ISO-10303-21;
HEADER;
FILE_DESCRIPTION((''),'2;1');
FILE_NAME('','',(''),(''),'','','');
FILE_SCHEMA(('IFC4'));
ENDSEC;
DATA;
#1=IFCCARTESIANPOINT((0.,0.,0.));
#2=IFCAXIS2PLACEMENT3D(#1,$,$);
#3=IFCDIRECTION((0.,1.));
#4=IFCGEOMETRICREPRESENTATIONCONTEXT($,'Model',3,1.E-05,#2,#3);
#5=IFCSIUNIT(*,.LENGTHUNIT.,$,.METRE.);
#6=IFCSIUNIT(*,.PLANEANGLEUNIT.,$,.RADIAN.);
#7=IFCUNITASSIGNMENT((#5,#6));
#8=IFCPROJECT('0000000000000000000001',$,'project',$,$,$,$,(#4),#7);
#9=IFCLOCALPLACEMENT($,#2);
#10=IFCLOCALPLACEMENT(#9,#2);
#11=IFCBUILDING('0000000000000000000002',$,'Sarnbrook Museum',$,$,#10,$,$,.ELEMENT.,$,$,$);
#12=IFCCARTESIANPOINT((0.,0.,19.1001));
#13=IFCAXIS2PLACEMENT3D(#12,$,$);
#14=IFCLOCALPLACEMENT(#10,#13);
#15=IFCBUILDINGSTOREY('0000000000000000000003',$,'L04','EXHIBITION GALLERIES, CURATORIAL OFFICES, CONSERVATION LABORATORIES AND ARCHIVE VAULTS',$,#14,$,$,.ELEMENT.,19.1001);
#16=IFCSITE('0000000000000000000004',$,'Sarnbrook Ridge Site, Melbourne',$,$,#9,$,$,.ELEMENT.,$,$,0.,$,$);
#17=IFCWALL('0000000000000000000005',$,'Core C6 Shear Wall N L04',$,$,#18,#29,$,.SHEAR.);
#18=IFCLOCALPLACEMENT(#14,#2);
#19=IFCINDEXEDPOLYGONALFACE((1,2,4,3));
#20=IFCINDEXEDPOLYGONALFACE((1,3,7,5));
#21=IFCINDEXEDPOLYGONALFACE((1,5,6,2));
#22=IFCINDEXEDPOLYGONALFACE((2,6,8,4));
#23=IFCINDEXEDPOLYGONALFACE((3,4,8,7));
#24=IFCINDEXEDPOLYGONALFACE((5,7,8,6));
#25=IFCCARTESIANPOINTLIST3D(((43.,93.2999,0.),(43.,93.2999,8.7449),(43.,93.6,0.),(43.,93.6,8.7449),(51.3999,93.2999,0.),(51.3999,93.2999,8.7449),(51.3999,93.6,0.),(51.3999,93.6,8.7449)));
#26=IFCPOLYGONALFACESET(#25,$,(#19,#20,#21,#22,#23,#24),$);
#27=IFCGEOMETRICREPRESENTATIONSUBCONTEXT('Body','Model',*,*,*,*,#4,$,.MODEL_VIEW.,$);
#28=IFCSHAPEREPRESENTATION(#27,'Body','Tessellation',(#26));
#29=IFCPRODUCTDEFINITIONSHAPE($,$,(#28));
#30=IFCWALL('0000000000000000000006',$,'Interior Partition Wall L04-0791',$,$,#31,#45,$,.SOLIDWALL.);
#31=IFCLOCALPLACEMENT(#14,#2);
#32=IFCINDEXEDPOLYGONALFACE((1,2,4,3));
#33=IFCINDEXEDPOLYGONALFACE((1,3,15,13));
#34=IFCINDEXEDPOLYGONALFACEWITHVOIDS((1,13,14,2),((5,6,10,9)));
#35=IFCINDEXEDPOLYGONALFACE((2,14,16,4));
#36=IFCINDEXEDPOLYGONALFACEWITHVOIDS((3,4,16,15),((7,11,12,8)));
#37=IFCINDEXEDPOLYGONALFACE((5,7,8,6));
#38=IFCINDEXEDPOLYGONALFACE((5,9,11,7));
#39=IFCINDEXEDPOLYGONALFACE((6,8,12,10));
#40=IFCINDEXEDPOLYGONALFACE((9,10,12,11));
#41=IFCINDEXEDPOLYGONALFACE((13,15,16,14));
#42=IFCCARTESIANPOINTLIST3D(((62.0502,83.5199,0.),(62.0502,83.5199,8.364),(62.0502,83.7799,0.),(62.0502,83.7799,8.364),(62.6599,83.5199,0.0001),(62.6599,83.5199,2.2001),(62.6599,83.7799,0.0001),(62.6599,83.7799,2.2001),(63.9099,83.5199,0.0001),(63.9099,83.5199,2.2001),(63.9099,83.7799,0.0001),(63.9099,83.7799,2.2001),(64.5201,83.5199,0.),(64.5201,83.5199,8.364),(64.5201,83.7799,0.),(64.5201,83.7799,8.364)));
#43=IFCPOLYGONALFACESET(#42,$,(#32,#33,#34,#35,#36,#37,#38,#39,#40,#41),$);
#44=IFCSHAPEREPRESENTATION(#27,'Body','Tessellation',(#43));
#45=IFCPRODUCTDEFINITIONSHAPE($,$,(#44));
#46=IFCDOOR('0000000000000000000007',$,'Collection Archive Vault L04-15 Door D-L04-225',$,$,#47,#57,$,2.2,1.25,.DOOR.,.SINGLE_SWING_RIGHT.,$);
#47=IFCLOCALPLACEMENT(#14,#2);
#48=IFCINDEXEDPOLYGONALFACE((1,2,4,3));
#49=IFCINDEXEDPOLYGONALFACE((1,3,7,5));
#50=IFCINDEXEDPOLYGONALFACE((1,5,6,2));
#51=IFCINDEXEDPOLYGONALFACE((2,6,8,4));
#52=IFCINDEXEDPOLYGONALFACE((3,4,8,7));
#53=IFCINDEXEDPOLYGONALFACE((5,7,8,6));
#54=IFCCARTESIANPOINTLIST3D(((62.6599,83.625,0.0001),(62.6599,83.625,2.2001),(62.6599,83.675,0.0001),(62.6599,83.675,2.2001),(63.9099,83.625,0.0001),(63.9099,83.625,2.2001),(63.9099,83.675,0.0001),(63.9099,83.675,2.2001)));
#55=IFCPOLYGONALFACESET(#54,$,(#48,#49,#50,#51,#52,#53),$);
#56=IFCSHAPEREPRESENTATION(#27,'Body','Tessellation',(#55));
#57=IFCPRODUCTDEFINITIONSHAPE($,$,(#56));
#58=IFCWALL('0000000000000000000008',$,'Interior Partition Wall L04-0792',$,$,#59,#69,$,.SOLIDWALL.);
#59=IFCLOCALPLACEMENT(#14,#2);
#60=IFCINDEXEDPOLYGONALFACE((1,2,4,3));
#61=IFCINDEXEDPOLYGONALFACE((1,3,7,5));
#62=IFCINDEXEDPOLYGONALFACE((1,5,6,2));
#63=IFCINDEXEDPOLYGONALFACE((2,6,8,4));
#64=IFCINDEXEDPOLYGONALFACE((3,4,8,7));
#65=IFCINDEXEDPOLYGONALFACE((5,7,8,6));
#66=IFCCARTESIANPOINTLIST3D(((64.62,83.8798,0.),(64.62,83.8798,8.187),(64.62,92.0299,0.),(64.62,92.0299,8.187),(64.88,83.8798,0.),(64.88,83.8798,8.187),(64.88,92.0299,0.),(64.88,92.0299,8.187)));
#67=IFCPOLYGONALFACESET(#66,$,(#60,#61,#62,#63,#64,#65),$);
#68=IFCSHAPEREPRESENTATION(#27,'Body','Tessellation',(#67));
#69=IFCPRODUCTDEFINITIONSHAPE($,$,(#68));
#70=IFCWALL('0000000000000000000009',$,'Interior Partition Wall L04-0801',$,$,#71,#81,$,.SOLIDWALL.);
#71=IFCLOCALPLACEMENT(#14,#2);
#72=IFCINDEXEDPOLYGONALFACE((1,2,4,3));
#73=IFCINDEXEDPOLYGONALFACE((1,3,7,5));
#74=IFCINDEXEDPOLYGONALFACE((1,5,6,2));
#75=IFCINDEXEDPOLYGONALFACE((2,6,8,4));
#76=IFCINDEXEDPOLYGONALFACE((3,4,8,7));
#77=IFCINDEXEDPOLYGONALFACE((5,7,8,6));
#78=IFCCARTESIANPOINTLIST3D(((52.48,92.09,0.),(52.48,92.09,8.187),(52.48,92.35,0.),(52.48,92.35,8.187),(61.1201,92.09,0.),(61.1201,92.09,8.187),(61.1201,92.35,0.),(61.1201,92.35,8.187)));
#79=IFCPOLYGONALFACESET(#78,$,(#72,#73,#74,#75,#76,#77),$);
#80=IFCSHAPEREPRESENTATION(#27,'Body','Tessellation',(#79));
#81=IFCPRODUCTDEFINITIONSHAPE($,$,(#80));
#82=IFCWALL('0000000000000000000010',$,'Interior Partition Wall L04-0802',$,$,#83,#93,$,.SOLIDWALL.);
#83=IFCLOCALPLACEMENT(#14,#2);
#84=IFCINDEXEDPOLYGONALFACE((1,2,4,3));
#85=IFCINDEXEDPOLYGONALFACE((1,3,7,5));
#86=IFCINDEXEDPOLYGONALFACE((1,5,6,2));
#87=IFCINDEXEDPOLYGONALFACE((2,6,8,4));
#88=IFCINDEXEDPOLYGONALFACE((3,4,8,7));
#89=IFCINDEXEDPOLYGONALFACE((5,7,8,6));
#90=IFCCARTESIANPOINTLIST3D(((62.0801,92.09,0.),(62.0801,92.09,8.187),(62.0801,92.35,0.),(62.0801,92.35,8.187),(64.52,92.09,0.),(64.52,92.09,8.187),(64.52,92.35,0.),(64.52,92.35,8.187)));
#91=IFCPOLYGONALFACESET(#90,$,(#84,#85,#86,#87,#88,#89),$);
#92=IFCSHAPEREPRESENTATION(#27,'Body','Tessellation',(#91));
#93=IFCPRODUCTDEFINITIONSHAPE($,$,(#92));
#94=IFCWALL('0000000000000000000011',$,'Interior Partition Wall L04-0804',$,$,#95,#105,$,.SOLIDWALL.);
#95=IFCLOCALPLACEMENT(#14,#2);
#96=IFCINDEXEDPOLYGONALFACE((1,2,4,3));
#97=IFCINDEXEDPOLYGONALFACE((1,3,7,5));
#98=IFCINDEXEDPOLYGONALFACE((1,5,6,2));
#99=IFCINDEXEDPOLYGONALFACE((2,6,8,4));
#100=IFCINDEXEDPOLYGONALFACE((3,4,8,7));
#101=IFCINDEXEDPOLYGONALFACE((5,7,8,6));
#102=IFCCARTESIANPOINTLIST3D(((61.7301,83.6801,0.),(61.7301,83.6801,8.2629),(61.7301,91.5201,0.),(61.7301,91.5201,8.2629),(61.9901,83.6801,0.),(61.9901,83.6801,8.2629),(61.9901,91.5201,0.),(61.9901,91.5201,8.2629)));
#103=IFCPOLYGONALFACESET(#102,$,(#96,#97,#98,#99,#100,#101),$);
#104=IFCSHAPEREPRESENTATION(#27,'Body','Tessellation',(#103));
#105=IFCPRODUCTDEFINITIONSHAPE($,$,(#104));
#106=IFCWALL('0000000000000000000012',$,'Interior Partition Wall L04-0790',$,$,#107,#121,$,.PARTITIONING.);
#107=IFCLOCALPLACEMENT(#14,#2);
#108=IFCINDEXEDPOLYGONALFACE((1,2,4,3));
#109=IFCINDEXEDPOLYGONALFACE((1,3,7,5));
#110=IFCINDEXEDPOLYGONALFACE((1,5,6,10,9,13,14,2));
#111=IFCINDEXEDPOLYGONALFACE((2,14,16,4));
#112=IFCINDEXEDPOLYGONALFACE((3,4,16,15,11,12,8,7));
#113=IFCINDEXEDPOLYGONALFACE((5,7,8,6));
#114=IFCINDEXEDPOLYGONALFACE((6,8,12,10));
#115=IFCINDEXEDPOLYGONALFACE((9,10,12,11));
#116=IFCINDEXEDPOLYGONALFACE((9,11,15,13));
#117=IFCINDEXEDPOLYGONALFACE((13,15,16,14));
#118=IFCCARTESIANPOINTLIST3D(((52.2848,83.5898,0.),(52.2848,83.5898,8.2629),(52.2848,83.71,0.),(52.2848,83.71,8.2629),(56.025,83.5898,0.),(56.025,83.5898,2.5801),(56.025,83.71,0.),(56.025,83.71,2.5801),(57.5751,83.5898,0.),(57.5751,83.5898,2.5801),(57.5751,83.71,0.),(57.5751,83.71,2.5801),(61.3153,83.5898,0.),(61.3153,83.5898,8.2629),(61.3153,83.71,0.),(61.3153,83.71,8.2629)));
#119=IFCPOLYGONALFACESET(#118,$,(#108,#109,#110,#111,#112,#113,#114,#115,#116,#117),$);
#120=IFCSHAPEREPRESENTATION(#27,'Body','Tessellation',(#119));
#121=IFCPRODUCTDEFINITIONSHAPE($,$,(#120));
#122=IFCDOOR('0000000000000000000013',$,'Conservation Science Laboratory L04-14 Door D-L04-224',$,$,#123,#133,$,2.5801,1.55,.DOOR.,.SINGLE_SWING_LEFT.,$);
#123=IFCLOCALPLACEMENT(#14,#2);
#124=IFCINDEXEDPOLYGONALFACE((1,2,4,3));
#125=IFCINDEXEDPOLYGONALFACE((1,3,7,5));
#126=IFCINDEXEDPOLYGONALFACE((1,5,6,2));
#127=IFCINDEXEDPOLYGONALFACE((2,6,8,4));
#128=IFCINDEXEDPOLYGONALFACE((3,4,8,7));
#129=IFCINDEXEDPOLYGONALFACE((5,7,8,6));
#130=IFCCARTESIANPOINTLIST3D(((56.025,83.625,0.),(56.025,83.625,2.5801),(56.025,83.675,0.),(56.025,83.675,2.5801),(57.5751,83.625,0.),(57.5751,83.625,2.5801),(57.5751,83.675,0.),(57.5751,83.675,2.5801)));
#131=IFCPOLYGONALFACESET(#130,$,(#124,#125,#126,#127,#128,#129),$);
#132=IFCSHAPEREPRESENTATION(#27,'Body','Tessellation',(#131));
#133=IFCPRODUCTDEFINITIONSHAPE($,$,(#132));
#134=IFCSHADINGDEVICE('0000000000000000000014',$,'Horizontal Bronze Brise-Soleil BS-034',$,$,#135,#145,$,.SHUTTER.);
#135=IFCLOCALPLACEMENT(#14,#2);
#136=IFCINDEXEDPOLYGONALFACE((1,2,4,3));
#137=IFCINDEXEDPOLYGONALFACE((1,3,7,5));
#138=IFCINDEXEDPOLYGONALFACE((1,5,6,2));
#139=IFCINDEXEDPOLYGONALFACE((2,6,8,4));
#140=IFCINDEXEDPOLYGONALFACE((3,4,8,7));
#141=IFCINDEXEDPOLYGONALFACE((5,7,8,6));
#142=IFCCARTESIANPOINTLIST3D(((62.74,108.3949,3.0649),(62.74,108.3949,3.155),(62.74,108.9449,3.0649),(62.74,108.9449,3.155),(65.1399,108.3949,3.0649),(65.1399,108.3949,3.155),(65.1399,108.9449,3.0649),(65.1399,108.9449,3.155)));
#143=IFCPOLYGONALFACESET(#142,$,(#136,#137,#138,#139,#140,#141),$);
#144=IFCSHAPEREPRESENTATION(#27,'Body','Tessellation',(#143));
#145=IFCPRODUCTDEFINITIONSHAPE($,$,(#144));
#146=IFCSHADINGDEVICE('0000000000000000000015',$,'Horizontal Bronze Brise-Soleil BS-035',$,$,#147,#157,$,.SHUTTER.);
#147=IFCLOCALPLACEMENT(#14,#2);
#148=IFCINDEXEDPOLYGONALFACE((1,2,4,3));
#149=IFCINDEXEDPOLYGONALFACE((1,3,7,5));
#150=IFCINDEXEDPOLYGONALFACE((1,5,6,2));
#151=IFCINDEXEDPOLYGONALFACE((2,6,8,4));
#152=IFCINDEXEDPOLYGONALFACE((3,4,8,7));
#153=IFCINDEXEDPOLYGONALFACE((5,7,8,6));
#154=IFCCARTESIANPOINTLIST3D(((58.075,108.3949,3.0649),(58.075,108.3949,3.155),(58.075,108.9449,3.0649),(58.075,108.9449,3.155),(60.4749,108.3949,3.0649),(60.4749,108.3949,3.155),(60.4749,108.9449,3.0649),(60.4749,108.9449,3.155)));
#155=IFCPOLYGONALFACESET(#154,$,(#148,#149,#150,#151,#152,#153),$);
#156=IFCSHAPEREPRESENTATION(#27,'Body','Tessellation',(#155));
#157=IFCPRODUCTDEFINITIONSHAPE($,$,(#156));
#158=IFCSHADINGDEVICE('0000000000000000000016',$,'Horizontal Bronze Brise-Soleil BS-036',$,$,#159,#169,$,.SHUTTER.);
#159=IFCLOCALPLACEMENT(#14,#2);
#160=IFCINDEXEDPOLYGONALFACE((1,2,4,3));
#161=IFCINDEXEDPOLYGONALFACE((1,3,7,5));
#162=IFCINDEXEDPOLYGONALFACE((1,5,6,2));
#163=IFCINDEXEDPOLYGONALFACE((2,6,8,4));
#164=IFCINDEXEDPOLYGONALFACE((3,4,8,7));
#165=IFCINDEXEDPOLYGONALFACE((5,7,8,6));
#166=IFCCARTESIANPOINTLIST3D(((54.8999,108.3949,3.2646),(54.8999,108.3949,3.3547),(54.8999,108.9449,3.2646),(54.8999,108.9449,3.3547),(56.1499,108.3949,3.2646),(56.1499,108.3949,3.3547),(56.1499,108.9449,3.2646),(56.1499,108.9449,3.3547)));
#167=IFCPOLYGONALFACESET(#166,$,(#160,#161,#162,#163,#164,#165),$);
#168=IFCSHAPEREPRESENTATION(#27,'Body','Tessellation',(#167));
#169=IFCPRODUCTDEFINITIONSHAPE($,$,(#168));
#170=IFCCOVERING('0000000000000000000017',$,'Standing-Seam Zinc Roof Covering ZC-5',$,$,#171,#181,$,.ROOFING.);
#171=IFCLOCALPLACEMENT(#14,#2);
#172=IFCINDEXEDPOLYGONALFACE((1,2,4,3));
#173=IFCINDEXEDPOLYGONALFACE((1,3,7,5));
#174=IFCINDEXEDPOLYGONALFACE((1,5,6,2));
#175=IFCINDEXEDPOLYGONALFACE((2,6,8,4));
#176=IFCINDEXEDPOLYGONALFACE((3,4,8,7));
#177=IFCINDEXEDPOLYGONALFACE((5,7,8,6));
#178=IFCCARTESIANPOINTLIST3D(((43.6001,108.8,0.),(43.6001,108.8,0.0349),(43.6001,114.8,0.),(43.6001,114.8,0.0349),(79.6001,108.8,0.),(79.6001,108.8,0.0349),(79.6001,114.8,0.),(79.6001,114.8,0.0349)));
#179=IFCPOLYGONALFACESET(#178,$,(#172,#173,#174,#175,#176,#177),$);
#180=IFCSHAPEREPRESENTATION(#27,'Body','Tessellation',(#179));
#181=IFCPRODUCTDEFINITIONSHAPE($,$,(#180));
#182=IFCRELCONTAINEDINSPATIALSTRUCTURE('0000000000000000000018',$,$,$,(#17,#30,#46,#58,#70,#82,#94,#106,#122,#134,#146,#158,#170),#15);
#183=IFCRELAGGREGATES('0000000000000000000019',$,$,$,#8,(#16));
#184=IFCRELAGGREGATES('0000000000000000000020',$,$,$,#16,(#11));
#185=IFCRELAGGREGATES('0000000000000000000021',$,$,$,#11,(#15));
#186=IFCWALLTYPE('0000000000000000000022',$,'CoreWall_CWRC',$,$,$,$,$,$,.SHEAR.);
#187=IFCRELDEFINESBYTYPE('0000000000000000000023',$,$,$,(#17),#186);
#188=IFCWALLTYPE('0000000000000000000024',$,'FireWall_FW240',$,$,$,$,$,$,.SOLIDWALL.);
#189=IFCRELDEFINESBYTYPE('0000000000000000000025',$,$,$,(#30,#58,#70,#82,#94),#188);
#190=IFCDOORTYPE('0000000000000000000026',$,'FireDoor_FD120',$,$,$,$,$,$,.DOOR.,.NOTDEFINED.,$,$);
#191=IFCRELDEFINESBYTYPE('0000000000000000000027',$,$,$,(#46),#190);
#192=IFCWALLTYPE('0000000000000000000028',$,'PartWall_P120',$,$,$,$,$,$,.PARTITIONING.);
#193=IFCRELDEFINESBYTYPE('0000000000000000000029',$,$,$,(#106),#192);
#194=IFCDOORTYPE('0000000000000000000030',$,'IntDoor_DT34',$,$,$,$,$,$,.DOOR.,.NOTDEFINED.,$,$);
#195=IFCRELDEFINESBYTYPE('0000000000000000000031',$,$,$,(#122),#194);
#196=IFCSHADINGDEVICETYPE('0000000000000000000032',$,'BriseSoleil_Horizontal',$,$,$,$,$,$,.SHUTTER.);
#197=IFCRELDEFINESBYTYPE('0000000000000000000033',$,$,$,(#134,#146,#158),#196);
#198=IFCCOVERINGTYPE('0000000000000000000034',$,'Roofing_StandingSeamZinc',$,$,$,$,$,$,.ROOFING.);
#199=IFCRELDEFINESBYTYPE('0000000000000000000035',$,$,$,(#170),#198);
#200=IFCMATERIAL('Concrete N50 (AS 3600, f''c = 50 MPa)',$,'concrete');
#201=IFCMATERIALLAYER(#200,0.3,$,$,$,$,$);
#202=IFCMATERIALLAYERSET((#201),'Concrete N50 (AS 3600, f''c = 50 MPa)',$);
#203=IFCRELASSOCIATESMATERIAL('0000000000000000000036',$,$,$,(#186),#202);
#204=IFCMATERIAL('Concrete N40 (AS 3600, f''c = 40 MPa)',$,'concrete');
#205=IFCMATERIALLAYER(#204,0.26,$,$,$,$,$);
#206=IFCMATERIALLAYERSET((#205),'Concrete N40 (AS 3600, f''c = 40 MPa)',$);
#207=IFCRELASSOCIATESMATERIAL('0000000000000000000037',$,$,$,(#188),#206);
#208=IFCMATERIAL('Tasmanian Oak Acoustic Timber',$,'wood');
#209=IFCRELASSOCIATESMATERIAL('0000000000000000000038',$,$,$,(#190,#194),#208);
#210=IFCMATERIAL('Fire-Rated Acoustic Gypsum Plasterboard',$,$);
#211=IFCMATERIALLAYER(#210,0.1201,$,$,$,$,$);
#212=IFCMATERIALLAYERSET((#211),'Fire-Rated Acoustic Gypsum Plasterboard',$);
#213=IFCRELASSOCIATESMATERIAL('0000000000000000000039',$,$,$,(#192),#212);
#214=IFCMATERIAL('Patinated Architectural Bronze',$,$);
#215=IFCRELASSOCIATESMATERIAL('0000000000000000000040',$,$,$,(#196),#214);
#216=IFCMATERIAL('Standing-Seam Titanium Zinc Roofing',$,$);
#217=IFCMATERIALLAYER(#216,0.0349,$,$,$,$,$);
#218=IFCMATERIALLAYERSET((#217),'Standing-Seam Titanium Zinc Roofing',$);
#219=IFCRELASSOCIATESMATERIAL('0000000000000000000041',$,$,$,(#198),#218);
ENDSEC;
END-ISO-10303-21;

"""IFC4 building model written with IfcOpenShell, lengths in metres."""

from ifc_helpers import new_model, si_unit, direction, frame, frame_2d, origin, origin_2d, place, context, subcontext, project, spatial, rectangle, extrude, material, layer, layer_set, type_object, element, fill, save


model = new_model("IFC4")

# Units and contexts
model_context = context("Model", 3, precision=1e-05, world=origin(), true_north=direction((0.0, 1.0)))
body_context = subcontext(model_context, "Body", "Model", "MODEL_VIEW")
ifc_project = project(units=[si_unit("LENGTHUNIT", "METRE"), si_unit("PLANEANGLEUNIT", "RADIAN")], contexts=[model_context])

# Site, building, storey
site_placement = place(None, origin())
site = spatial("IfcSite", under=ifc_project, at=site_placement, Name="Sarnbrook Ridge Site, Melbourne", CompositionType="ELEMENT", RefElevation=0.0)
building_placement = place(site_placement, origin())
building = spatial("IfcBuilding", under=site, at=building_placement, Name="Sarnbrook Museum", CompositionType="ELEMENT")
storey_placement = place(building_placement, frame((0.0, 0.0, 19.1001)))
storey = spatial("IfcBuildingStorey", under=building, at=storey_placement, Name="L04", Description="EXHIBITION GALLERIES, CURATORIAL OFFICES, CONSERVATION LABORATORIES AND ARCHIVE VAULTS", CompositionType="ELEMENT", Elevation=19.1001)

# Wall
ifc_material_1 = material(Name="Concrete N50 (AS 3600, f'c = 50 MPa)", Category="concrete")
ifc_layer_1 = layer(ifc_material_1, 0.3)
ifc_layer_set_1 = layer_set([ifc_layer_1], Name="Concrete N50 (AS 3600, f'c = 50 MPa)")
wall_type_1 = type_object("IfcWallType", Name="CoreWall_CWRC", PredefinedType="SHEAR", material=ifc_layer_set_1)
wall_1_placement = place(storey_placement, frame((51.3999, 93.45, 0.0), z_axis=(0.0, 0.0, 1.0), x_axis=(-1.0, 0.0, 0.0)))
element("IfcWall", 1, at=wall_1_placement, inside=storey, type_object=wall_type_1, Name="Core C6 Shear Wall N L04", PredefinedType="SHEAR", context=body_context, shape_type="SweptSolid", body=[
    extrude(rectangle(XDim=8.3999, YDim=0.3, at=frame_2d((4.2, 0.0))), origin(), (0.0, 0.0, 1.0), 8.7449),
])

# Wall, opening, door
ifc_material_2 = material(Name="Concrete N40 (AS 3600, f'c = 40 MPa)", Category="concrete")
ifc_layer_2 = layer(ifc_material_2, 0.26)
ifc_layer_set_2 = layer_set([ifc_layer_2], Name="Concrete N40 (AS 3600, f'c = 40 MPa)")
wall_type_2 = type_object("IfcWallType", Name="FireWall_FW240", PredefinedType="SOLIDWALL", material=ifc_layer_set_2)
wall_2_placement = place(storey_placement, frame((64.52, 83.6499, 0.0), z_axis=(0.0, 0.0, 1.0), x_axis=(-1.0, 0.0, 0.0)))
wall_2 = element("IfcWall", 2, at=wall_2_placement, inside=storey, type_object=wall_type_2, Name="Interior Partition Wall L04-0791", PredefinedType="SOLIDWALL", context=body_context, shape_type="SweptSolid", body=[
    extrude(rectangle(XDim=2.47, YDim=0.26, at=frame_2d((1.2349, 0.0))), origin(), (0.0, 0.0, 1.0), 8.364),
])
opening_1_placement = place(wall_2_placement, frame((0.6101, 0.0, 0.0)))
opening_1 = element("IfcOpeningElement", 3, at=opening_1_placement, cuts=wall_2, PredefinedType="OPENING", context=body_context, shape_type="SweptSolid", body=[
    extrude(rectangle(XDim=1.25, YDim=2.2, at=frame_2d((0.625, 1.1001))), frame((0.0, 0.1401, 0.0), z_axis=(0.0, -1.0, 0.0), x_axis=(1.0, 0.0, 0.0)), (0.0, 0.0, 1.0), 0.28),
])
ifc_material_3 = material(Name="Tasmanian Oak Acoustic Timber", Category="wood")
door_type_1 = type_object("IfcDoorType", Name="FireDoor_FD120", OperationType="NOTDEFINED", PredefinedType="DOOR", material=ifc_material_3)
door_1_placement = place(opening_1_placement, origin())
door_1 = element("IfcDoor", 4, at=door_1_placement, inside=storey, type_object=door_type_1, Name="Collection Archive Vault L04-15 Door D-L04-225", OperationType="SINGLE_SWING_RIGHT", OverallHeight=2.2, OverallWidth=1.25, PredefinedType="DOOR", context=body_context, shape_type="SweptSolid", body=[
    extrude(rectangle(XDim=1.25, YDim=2.2, at=frame_2d((0.625, 1.1001))), frame((0.0, 0.0249, 0.0), z_axis=(0.0, -1.0, 0.0), x_axis=(1.0, 0.0, 0.0)), (0.0, 0.0, 1.0), 0.05),
])
fill(opening_1, door_1)

# Walls
wall_3_placement = place(storey_placement, frame((64.75, 92.03, 0.0), z_axis=(0.0, 0.0, 1.0), x_axis=(0.0, -1.0, 0.0)))
element("IfcWall", 5, at=wall_3_placement, inside=storey, type_object=wall_type_2, Name="Interior Partition Wall L04-0792", PredefinedType="SOLIDWALL", context=body_context, shape_type="SweptSolid", body=[
    extrude(rectangle(XDim=8.1501, YDim=0.26, at=frame_2d((4.0752, 0.0))), origin(), (0.0, 0.0, 1.0), 8.187),
])
wall_4_placement = place(storey_placement, frame((61.1201, 92.22, 0.0), z_axis=(0.0, 0.0, 1.0), x_axis=(-1.0, 0.0, 0.0)))
element("IfcWall", 6, at=wall_4_placement, inside=storey, type_object=wall_type_2, Name="Interior Partition Wall L04-0801", PredefinedType="SOLIDWALL", context=body_context, shape_type="SweptSolid", body=[
    extrude(rectangle(XDim=8.6401, YDim=0.26, at=frame_2d((4.3201, 0.0))), origin(), (0.0, 0.0, 1.0), 8.187),
])
wall_5_placement = place(storey_placement, frame((64.52, 92.22, 0.0), z_axis=(0.0, 0.0, 1.0), x_axis=(-1.0, 0.0, 0.0)))
element("IfcWall", 7, at=wall_5_placement, inside=storey, type_object=wall_type_2, Name="Interior Partition Wall L04-0802", PredefinedType="SOLIDWALL", context=body_context, shape_type="SweptSolid", body=[
    extrude(rectangle(XDim=2.4399, YDim=0.26, at=frame_2d((1.22, 0.0))), origin(), (0.0, 0.0, 1.0), 8.187),
])
wall_6_placement = place(storey_placement, frame((61.8601, 91.52, 0.0), z_axis=(0.0, 0.0, 1.0), x_axis=(0.0, -1.0, 0.0)))
element("IfcWall", 8, at=wall_6_placement, inside=storey, type_object=wall_type_2, Name="Interior Partition Wall L04-0804", PredefinedType="SOLIDWALL", context=body_context, shape_type="SweptSolid", body=[
    extrude(rectangle(XDim=7.8401, YDim=0.26, at=frame_2d((3.9199, 0.0))), origin(), (0.0, 0.0, 1.0), 8.2629),
])

# Wall, opening, door
ifc_material_4 = material(Name="Fire-Rated Acoustic Gypsum Plasterboard")
ifc_layer_3 = layer(ifc_material_4, 0.1201)
ifc_layer_set_3 = layer_set([ifc_layer_3], Name="Fire-Rated Acoustic Gypsum Plasterboard")
wall_type_3 = type_object("IfcWallType", Name="PartWall_P120", PredefinedType="PARTITIONING", material=ifc_layer_set_3)
wall_7_placement = place(storey_placement, frame((61.3152, 83.6499, 0.0), z_axis=(0.0, 0.0, 1.0), x_axis=(-1.0, 0.0, 0.0)))
wall_7 = element("IfcWall", 9, at=wall_7_placement, inside=storey, type_object=wall_type_3, Name="Interior Partition Wall L04-0790", PredefinedType="PARTITIONING", context=body_context, shape_type="SweptSolid", body=[
    extrude(rectangle(XDim=9.0305, YDim=0.1201, at=frame_2d((4.5151, 0.0))), origin(), (0.0, 0.0, 1.0), 8.2629),
])
opening_2_placement = place(wall_7_placement, frame((3.7402, 0.0, 0.0)))
opening_2 = element("IfcOpeningElement", 10, at=opening_2_placement, cuts=wall_7, PredefinedType="OPENING", context=body_context, shape_type="SweptSolid", body=[
    extrude(rectangle(XDim=1.55, YDim=2.5801, at=frame_2d((0.7749, 1.29))), frame((0.0, 0.0701, 0.0), z_axis=(0.0, -1.0, 0.0), x_axis=(1.0, 0.0, 0.0)), (0.0, 0.0, 1.0), 0.1401),
])
door_type_2 = type_object("IfcDoorType", Name="IntDoor_DT34", OperationType="NOTDEFINED", PredefinedType="DOOR", material=ifc_material_3)
door_2_placement = place(opening_2_placement, origin())
door_2 = element("IfcDoor", 11, at=door_2_placement, inside=storey, type_object=door_type_2, Name="Conservation Science Laboratory L04-14 Door D-L04-224", OperationType="SINGLE_SWING_LEFT", OverallHeight=2.5801, OverallWidth=1.55, PredefinedType="DOOR", context=body_context, shape_type="SweptSolid", body=[
    extrude(rectangle(XDim=1.55, YDim=2.5801, at=frame_2d((0.7749, 1.29))), frame((0.0, 0.0249, 0.0), z_axis=(0.0, -1.0, 0.0), x_axis=(1.0, 0.0, 0.0)), (0.0, 0.0, 1.0), 0.05),
])
fill(opening_2, door_2)

# Shading devices
ifc_material_5 = material(Name="Patinated Architectural Bronze")
shading_device_type = type_object("IfcShadingDeviceType", Name="BriseSoleil_Horizontal", PredefinedType="SHUTTER", material=ifc_material_5)
for number, where, z_axis, x_axis, name in (
    (12, (63.9399, 108.6699, 3.0649), (0.0, 0.0, 1.0), (1.0, 0.0, 0.0), "Horizontal Bronze Brise-Soleil BS-034"),
    (13, (59.2749, 108.6699, 3.0649), (0.0, 0.0, 1.0), (1.0, 0.0, 0.0), "Horizontal Bronze Brise-Soleil BS-035"),
):
    element("IfcShadingDevice", number, at=place(storey_placement, frame(where, z_axis=z_axis, x_axis=x_axis)), inside=storey, type_object=shading_device_type, Name=name, PredefinedType="SHUTTER", context=body_context, shape_type="SweptSolid", body=[
        extrude(rectangle(XDim=2.3999, YDim=0.55, at=origin_2d()), origin(), (0.0, 0.0, 1.0), 0.0901),
    ])
shading_device_placement = place(storey_placement, frame((55.5249, 108.6699, 3.2646), z_axis=(0.0, 0.0, 1.0), x_axis=(1.0, 0.0, 0.0)))
element("IfcShadingDevice", 14, at=shading_device_placement, inside=storey, type_object=shading_device_type, Name="Horizontal Bronze Brise-Soleil BS-036", PredefinedType="SHUTTER", context=body_context, shape_type="SweptSolid", body=[
    extrude(rectangle(XDim=1.25, YDim=0.55, at=origin_2d()), origin(), (0.0, 0.0, 1.0), 0.0901),
])

# Covering
ifc_material_6 = material(Name="Standing-Seam Titanium Zinc Roofing")
ifc_layer_4 = layer(ifc_material_6, 0.0349)
ifc_layer_set_4 = layer_set([ifc_layer_4], Name="Standing-Seam Titanium Zinc Roofing")
covering_type = type_object("IfcCoveringType", Name="Roofing_StandingSeamZinc", PredefinedType="ROOFING", material=ifc_layer_set_4)
covering_placement = place(storey_placement, frame((61.6001, 111.8, 0.0), z_axis=(0.0, 0.0, 1.0), x_axis=(1.0, 0.0, 0.0)))
element("IfcCovering", 15, at=covering_placement, inside=storey, type_object=covering_type, Name="Standing-Seam Zinc Roof Covering ZC-5", PredefinedType="ROOFING", context=body_context, shape_type="SweptSolid", body=[
    extrude(rectangle(XDim=36.0, YDim=6.0, at=origin_2d()), origin(), (0.0, 0.0, 1.0), 0.0349),
])

save(model, "model.ifc")
